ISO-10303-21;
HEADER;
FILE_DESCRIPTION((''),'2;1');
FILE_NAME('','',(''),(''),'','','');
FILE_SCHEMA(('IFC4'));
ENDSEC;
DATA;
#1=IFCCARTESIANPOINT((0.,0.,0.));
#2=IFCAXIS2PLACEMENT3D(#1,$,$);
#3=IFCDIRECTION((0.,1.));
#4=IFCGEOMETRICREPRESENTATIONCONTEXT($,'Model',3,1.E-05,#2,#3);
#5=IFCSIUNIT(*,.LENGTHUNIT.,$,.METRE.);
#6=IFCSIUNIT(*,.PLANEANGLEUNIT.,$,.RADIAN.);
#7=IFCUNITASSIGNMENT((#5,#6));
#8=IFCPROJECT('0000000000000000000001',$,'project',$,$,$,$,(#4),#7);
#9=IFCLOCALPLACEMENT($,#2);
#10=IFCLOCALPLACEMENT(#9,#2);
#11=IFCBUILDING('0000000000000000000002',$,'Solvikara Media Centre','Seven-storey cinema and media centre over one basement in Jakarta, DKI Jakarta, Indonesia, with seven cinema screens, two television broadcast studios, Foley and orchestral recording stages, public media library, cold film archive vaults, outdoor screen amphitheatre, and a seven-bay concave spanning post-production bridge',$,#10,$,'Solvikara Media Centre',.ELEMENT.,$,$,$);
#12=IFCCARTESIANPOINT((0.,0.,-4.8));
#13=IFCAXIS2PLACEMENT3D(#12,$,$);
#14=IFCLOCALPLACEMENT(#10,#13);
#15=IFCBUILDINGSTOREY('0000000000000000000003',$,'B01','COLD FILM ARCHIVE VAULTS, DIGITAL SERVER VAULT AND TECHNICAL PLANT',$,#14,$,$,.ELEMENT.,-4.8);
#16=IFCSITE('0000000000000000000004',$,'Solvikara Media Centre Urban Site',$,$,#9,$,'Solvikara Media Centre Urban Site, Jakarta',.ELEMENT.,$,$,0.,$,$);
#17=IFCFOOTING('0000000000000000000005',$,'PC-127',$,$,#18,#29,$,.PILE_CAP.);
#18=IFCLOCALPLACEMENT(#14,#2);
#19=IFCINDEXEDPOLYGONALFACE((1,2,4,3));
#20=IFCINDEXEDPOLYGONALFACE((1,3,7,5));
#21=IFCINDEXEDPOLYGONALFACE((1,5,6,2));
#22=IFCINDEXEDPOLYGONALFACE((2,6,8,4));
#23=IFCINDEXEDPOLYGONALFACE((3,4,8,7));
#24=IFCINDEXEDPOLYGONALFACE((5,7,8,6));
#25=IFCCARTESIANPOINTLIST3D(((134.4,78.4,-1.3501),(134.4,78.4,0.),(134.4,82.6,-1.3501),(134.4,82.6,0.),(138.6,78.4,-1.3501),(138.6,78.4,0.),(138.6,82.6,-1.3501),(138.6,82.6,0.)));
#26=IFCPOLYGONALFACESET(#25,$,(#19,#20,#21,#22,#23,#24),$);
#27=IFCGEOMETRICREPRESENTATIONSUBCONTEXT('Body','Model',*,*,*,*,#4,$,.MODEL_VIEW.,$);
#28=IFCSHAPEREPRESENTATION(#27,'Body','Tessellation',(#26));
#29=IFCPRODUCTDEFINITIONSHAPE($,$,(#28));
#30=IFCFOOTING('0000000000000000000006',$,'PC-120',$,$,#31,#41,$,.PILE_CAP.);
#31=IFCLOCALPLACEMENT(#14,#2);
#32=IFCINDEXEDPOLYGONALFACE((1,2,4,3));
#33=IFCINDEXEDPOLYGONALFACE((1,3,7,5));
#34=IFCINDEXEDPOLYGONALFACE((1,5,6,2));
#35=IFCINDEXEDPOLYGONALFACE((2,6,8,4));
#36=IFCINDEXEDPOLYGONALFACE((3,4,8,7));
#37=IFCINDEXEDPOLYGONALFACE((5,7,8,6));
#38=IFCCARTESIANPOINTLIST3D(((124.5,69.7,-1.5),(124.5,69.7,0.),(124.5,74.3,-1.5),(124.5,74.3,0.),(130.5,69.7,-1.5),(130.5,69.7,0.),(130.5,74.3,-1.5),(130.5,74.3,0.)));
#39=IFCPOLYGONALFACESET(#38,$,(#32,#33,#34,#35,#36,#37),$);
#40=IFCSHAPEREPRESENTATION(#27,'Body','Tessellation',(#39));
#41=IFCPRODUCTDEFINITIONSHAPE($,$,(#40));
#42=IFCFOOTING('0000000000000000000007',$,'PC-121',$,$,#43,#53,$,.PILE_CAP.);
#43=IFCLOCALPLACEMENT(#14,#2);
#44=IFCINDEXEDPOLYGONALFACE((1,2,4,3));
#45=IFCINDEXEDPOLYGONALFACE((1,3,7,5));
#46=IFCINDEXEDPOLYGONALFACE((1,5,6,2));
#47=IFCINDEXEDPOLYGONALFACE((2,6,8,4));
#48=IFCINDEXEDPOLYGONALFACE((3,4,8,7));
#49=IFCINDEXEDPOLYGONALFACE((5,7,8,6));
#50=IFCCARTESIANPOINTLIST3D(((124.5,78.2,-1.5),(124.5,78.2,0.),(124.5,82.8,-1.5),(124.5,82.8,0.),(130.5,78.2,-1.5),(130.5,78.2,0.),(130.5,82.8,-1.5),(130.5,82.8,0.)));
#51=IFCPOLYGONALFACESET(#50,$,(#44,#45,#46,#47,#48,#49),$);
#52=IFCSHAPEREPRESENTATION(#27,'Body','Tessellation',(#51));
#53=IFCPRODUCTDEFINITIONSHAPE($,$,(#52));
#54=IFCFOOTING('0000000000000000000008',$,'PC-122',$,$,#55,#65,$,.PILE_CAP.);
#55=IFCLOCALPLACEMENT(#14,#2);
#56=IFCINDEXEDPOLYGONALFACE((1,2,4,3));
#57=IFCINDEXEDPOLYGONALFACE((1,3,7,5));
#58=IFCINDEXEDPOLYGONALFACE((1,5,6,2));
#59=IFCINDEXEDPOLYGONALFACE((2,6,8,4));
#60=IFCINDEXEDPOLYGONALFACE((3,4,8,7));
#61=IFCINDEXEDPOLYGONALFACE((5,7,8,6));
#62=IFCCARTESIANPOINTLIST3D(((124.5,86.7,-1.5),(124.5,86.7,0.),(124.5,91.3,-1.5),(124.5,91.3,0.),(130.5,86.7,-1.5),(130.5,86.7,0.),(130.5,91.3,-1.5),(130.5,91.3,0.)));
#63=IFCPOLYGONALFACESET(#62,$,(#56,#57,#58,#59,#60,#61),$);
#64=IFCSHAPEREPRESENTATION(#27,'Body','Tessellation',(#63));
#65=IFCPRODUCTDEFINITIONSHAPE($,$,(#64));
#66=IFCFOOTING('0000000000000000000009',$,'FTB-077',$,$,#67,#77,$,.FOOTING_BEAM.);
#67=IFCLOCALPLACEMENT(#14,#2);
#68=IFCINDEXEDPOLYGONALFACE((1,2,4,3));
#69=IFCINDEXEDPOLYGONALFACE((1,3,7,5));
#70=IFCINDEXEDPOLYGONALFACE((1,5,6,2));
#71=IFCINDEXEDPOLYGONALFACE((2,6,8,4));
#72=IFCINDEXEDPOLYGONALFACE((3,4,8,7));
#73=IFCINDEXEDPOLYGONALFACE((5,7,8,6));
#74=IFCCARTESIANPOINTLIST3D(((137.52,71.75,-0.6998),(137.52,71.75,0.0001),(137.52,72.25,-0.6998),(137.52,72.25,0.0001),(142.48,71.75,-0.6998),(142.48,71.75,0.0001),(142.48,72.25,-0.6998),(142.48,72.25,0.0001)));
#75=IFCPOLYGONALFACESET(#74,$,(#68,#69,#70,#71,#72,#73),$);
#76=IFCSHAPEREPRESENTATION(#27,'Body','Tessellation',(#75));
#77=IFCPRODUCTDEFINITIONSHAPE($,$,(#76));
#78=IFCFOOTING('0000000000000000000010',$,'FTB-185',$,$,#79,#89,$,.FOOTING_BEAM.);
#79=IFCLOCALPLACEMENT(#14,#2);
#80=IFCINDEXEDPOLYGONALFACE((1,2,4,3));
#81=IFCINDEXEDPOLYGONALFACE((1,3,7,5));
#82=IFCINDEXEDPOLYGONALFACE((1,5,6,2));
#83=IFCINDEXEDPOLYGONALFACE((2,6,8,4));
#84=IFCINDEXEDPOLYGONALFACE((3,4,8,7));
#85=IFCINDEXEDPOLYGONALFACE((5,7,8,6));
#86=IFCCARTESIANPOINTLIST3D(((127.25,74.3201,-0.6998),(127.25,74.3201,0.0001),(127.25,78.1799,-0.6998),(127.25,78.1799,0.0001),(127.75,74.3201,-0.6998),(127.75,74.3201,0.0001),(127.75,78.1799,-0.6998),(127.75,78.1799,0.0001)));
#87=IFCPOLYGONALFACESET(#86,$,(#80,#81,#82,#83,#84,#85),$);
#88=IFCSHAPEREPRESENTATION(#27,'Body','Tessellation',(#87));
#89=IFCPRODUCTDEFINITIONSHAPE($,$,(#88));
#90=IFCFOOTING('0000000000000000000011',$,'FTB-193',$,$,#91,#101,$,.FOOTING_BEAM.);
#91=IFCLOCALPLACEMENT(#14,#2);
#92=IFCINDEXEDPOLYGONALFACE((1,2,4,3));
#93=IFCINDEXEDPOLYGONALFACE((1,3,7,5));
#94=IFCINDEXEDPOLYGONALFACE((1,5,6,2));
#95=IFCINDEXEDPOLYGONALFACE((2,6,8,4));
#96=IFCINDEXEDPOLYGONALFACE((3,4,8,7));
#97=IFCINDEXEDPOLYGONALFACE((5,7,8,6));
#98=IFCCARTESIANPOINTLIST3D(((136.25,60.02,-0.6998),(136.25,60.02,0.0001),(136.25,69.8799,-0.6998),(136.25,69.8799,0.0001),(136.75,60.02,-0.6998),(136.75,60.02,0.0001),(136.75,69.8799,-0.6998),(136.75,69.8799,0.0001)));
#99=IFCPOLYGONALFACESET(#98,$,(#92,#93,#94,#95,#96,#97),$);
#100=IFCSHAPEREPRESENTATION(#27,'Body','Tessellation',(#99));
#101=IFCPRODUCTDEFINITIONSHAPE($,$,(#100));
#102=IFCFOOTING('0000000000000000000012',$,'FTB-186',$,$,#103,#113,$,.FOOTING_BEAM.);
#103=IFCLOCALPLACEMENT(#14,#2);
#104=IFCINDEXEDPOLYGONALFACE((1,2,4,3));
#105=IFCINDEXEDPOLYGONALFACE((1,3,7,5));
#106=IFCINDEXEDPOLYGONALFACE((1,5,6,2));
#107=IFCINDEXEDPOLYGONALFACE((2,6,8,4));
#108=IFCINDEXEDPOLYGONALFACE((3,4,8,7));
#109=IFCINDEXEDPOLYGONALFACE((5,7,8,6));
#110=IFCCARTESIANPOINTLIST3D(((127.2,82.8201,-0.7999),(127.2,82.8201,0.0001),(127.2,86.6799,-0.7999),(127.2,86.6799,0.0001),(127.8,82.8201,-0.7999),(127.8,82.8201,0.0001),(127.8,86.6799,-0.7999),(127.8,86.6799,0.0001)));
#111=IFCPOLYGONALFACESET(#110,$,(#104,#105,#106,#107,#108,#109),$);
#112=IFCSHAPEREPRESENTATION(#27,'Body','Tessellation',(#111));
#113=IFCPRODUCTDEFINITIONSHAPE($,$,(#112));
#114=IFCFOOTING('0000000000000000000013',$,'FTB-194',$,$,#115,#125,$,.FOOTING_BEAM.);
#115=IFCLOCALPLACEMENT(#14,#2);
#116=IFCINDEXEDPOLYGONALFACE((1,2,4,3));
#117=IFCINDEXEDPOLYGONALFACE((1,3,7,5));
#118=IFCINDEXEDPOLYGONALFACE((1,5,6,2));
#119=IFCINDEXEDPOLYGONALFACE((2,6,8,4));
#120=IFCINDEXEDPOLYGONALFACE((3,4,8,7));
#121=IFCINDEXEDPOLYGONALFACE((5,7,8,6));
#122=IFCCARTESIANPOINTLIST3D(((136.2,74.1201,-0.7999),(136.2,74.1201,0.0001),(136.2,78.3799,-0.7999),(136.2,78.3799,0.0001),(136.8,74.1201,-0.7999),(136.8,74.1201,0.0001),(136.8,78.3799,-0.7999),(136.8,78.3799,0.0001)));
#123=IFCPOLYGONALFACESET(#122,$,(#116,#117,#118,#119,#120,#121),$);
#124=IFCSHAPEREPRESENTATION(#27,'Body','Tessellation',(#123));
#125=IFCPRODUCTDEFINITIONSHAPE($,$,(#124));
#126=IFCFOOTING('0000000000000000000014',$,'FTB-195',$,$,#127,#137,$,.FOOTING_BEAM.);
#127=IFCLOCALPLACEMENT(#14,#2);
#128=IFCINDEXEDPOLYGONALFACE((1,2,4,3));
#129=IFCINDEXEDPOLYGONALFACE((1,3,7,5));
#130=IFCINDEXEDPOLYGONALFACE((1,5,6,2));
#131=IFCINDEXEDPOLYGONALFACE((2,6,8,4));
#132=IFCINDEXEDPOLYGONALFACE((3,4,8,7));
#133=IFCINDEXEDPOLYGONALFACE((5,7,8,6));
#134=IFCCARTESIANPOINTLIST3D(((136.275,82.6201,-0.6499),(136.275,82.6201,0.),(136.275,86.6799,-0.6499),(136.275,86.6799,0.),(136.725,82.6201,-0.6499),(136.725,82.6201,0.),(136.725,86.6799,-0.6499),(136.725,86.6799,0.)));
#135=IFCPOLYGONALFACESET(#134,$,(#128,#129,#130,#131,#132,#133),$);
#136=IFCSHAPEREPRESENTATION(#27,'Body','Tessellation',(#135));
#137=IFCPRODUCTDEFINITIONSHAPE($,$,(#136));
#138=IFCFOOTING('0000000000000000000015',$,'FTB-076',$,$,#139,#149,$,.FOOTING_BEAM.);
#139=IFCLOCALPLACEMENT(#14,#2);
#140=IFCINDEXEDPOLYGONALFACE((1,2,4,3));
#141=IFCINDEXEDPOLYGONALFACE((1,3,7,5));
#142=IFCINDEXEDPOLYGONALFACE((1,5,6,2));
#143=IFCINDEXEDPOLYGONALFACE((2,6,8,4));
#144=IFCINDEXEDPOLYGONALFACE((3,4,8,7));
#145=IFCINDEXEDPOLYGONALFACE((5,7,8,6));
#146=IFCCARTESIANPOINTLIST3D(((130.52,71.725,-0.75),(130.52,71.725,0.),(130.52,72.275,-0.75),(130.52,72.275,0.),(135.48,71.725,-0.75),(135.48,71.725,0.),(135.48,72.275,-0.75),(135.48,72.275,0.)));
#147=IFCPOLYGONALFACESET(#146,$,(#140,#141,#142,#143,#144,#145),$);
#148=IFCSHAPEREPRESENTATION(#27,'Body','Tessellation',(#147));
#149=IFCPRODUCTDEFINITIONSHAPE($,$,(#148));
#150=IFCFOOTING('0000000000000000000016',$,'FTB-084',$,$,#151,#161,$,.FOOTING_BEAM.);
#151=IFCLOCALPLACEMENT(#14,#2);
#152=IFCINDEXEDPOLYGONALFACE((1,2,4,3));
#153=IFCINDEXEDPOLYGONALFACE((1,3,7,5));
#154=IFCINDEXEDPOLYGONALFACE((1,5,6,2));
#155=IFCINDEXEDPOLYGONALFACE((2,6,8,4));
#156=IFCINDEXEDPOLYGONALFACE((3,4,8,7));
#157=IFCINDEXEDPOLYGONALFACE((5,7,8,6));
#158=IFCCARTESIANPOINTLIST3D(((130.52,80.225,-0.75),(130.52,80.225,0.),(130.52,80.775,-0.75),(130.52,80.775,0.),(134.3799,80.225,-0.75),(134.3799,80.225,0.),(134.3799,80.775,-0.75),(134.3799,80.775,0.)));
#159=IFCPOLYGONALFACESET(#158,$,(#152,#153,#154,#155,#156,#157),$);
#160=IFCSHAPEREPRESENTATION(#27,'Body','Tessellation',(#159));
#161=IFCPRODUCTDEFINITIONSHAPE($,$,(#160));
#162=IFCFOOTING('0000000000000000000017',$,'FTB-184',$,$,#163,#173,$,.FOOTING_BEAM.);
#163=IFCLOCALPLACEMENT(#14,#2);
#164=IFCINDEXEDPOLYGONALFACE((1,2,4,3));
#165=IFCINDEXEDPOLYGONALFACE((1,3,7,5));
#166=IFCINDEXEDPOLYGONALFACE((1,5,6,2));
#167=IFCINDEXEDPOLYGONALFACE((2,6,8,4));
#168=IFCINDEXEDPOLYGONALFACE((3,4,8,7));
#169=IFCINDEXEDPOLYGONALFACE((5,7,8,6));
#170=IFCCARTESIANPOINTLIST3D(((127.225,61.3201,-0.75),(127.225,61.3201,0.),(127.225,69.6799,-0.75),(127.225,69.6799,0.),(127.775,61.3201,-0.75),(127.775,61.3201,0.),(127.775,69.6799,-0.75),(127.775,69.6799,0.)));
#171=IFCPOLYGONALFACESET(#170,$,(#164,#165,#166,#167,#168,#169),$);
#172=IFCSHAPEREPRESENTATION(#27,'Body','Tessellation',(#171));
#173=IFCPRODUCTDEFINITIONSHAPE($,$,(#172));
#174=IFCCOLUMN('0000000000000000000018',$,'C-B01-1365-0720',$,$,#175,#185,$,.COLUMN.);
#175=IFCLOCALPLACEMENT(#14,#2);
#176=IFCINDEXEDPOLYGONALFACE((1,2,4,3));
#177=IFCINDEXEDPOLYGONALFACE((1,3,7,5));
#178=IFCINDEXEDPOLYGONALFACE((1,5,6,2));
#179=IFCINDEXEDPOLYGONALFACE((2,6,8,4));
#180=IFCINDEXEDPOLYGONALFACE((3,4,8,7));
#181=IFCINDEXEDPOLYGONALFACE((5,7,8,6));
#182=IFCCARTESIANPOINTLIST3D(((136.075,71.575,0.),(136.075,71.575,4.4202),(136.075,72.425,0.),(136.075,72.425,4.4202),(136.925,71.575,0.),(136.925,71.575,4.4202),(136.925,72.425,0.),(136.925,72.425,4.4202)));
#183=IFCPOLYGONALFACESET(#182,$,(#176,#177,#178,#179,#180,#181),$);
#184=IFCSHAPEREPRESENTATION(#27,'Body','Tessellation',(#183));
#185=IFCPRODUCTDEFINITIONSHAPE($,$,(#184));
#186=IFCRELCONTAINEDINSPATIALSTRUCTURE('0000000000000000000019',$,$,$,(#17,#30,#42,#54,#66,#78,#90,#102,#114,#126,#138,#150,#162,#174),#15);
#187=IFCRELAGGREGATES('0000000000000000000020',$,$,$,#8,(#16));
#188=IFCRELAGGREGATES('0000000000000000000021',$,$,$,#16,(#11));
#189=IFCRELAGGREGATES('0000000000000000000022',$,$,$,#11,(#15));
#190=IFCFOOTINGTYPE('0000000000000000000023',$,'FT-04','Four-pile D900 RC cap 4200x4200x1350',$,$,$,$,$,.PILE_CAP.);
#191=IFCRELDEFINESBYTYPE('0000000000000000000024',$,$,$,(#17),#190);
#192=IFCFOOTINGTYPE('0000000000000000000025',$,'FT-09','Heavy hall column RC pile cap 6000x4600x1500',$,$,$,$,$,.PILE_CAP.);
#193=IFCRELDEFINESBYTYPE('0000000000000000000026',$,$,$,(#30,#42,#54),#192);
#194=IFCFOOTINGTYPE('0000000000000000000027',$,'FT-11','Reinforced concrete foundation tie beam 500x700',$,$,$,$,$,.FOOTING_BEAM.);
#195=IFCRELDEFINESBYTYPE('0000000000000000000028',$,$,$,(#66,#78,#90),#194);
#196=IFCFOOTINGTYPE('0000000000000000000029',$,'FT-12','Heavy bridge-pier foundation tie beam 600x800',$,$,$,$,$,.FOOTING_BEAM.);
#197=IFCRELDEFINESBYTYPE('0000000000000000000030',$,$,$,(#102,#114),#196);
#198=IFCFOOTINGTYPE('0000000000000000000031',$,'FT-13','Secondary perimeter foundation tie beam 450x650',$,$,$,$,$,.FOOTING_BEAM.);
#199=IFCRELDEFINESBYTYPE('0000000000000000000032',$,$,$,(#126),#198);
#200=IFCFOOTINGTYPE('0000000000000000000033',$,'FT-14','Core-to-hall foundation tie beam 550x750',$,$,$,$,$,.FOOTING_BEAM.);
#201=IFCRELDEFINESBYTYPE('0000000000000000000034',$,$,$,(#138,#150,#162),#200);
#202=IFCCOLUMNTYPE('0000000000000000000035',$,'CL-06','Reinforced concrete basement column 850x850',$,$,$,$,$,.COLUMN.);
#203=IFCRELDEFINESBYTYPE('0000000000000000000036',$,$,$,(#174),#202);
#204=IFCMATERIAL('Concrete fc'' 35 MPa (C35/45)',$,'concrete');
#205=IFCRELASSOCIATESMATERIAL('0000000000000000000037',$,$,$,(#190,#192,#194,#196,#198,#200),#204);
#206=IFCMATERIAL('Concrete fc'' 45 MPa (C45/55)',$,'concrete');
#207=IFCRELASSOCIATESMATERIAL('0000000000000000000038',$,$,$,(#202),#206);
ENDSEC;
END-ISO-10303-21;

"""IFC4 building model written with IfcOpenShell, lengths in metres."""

from ifc_helpers import new_model, si_unit, direction, frame, origin, origin_2d, place, context, subcontext, project, spatial, rectangle, extrude, material, material_profile, profile_set, type_object, element, save


model = new_model("IFC4")

# Units and contexts
model_context = context("Model", 3, precision=1e-05, world=origin(), true_north=direction((0.0, 1.0)))
body_context = subcontext(model_context, "Body", "Model", "MODEL_VIEW")
ifc_project = project(units=[si_unit("LENGTHUNIT", "METRE"), si_unit("PLANEANGLEUNIT", "RADIAN")], contexts=[model_context])

# Site, building, storey
site_placement = place(None, origin())
site = spatial("IfcSite", under=ifc_project, at=site_placement, Name="Solvikara Media Centre Urban Site", LongName="Solvikara Media Centre Urban Site, Jakarta", CompositionType="ELEMENT", RefElevation=0.0)
building_placement = place(site_placement, origin())
building = spatial("IfcBuilding", under=site, at=building_placement, Name="Solvikara Media Centre", Description="Seven-storey cinema and media centre over one basement in Jakarta, DKI Jakarta, Indonesia, with seven cinema screens, two television broadcast studios, Foley and orchestral recording stages, public media library, cold film archive vaults, outdoor screen amphitheatre, and a seven-bay concave spanning post-production bridge", LongName="Solvikara Media Centre", CompositionType="ELEMENT")
storey_placement = place(building_placement, frame((0.0, 0.0, -4.8)))
storey = spatial("IfcBuildingStorey", under=building, at=storey_placement, Name="B01", Description="COLD FILM ARCHIVE VAULTS, DIGITAL SERVER VAULT AND TECHNICAL PLANT", CompositionType="ELEMENT", Elevation=-4.8)

# Shared definitions
ifc_material_1 = material(Name="Concrete fc' 35 MPa (C35/45)", Category="concrete")

# Footings
footing_type_1 = type_object("IfcFootingType", Name="FT-04", Description="Four-pile D900 RC cap 4200x4200x1350", PredefinedType="PILE_CAP", material=ifc_material_1)
footing_1_placement = place(storey_placement, frame((136.5, 80.5, -1.3501), z_axis=(0.0, 0.0, 1.0), x_axis=(1.0, 0.0, 0.0)))
element("IfcFooting", 1, at=footing_1_placement, inside=storey, type_object=footing_type_1, Name="PC-127", PredefinedType="PILE_CAP", context=body_context, shape_type="SweptSolid", body=[
    extrude(rectangle(XDim=4.2, YDim=4.2, at=origin_2d()), origin(), (0.0, 0.0, 1.0), 1.3501),
])
footing_type_2 = type_object("IfcFootingType", Name="FT-09", Description="Heavy hall column RC pile cap 6000x4600x1500", PredefinedType="PILE_CAP", material=ifc_material_1)
for number, where, z_axis, x_axis, name in (
    (2, (127.5, 72.0, -1.5), (0.0, 0.0, 1.0), (1.0, 0.0, 0.0), "PC-120"),
    (3, (127.5, 80.5, -1.5), (0.0, 0.0, 1.0), (1.0, 0.0, 0.0), "PC-121"),
    (4, (127.5, 89.0, -1.5), (0.0, 0.0, 1.0), (1.0, 0.0, 0.0), "PC-122"),
):
    element("IfcFooting", number, at=place(storey_placement, frame(where, z_axis=z_axis, x_axis=x_axis)), inside=storey, type_object=footing_type_2, Name=name, PredefinedType="PILE_CAP", context=body_context, shape_type="SweptSolid", body=[
        extrude(rectangle(XDim=6.0, YDim=4.6001, at=origin_2d()), origin(), (0.0, 0.0, 1.0), 1.5),
    ])
ifc_material_profile_1 = material_profile(ifc_material_1, rectangle(XDim=0.5, YDim=0.7, at=origin_2d()), Name="RC 500x700")
ifc_profile_set_1 = profile_set([ifc_material_profile_1], Name="Concrete fc' 35 MPa (C35/45)")
footing_type_3 = type_object("IfcFootingType", Name="FT-11", Description="Reinforced concrete foundation tie beam 500x700", PredefinedType="FOOTING_BEAM", material=ifc_profile_set_1)
footing_2_placement = place(storey_placement, frame((137.52, 72.0, -0.3499), z_axis=(1.0, 0.0, 0.0), x_axis=(0.0, 1.0, 0.0)))
element("IfcFooting", 5, at=footing_2_placement, inside=storey, type_object=footing_type_3, Name="FTB-077", PredefinedType="FOOTING_BEAM", context=body_context, shape_type="SweptSolid", body=[
    extrude(rectangle(XDim=0.5, YDim=0.7, at=origin_2d()), origin(), (0.0, 0.0, 1.0), 4.96),
])
footing_3_placement = place(storey_placement, frame((127.5, 74.3201, -0.3499), z_axis=(0.0, 1.0, 0.0), x_axis=(-1.0, 0.0, 0.0)))
element("IfcFooting", 6, at=footing_3_placement, inside=storey, type_object=footing_type_3, Name="FTB-185", PredefinedType="FOOTING_BEAM", context=body_context, shape_type="SweptSolid", body=[
    extrude(rectangle(XDim=0.5, YDim=0.7, at=origin_2d()), origin(), (0.0, 0.0, 1.0), 3.8599),
])
footing_4_placement = place(storey_placement, frame((136.5, 60.02, -0.3499), z_axis=(0.0, 1.0, 0.0), x_axis=(-1.0, 0.0, 0.0)))
element("IfcFooting", 7, at=footing_4_placement, inside=storey, type_object=footing_type_3, Name="FTB-193", PredefinedType="FOOTING_BEAM", context=body_context, shape_type="SweptSolid", body=[
    extrude(rectangle(XDim=0.5, YDim=0.7, at=origin_2d()), origin(), (0.0, 0.0, 1.0), 9.8599),
])
ifc_material_profile_2 = material_profile(ifc_material_1, rectangle(XDim=0.6001, YDim=0.8, at=origin_2d()), Name="RC 600x800")
ifc_profile_set_2 = profile_set([ifc_material_profile_2], Name="Concrete fc' 35 MPa (C35/45)")
footing_type_4 = type_object("IfcFootingType", Name="FT-12", Description="Heavy bridge-pier foundation tie beam 600x800", PredefinedType="FOOTING_BEAM", material=ifc_profile_set_2)
footing_5_placement = place(storey_placement, frame((127.5, 82.8201, -0.3999), z_axis=(0.0, 1.0, 0.0), x_axis=(-1.0, 0.0, 0.0)))
element("IfcFooting", 8, at=footing_5_placement, inside=storey, type_object=footing_type_4, Name="FTB-186", PredefinedType="FOOTING_BEAM", context=body_context, shape_type="SweptSolid", body=[
    extrude(rectangle(XDim=0.6001, YDim=0.8, at=origin_2d()), origin(), (0.0, 0.0, 1.0), 3.8599),
])
footing_6_placement = place(storey_placement, frame((136.5, 74.1201, -0.3999), z_axis=(0.0, 1.0, 0.0), x_axis=(-1.0, 0.0, 0.0)))
element("IfcFooting", 9, at=footing_6_placement, inside=storey, type_object=footing_type_4, Name="FTB-194", PredefinedType="FOOTING_BEAM", context=body_context, shape_type="SweptSolid", body=[
    extrude(rectangle(XDim=0.6001, YDim=0.8, at=origin_2d()), origin(), (0.0, 0.0, 1.0), 4.2598),
])
ifc_material_profile_3 = material_profile(ifc_material_1, rectangle(XDim=0.45, YDim=0.6499, at=origin_2d()), Name="RC 450x650")
ifc_profile_set_3 = profile_set([ifc_material_profile_3], Name="Concrete fc' 35 MPa (C35/45)")
footing_type_5 = type_object("IfcFootingType", Name="FT-13", Description="Secondary perimeter foundation tie beam 450x650", PredefinedType="FOOTING_BEAM", material=ifc_profile_set_3)
footing_7_placement = place(storey_placement, frame((136.5, 82.6201, -0.325), z_axis=(0.0, 1.0, 0.0), x_axis=(-1.0, 0.0, 0.0)))
element("IfcFooting", 10, at=footing_7_placement, inside=storey, type_object=footing_type_5, Name="FTB-195", PredefinedType="FOOTING_BEAM", context=body_context, shape_type="SweptSolid", body=[
    extrude(rectangle(XDim=0.45, YDim=0.6499, at=origin_2d()), origin(), (0.0, 0.0, 1.0), 4.0598),
])
ifc_material_profile_4 = material_profile(ifc_material_1, rectangle(XDim=0.55, YDim=0.75, at=origin_2d()), Name="RC 550x750")
ifc_profile_set_4 = profile_set([ifc_material_profile_4], Name="Concrete fc' 35 MPa (C35/45)")
footing_type_6 = type_object("IfcFootingType", Name="FT-14", Description="Core-to-hall foundation tie beam 550x750", PredefinedType="FOOTING_BEAM", material=ifc_profile_set_4)
footing_8_placement = place(storey_placement, frame((130.52, 72.0, -0.375), z_axis=(1.0, 0.0, 0.0), x_axis=(0.0, 1.0, 0.0)))
element("IfcFooting", 11, at=footing_8_placement, inside=storey, type_object=footing_type_6, Name="FTB-076", PredefinedType="FOOTING_BEAM", context=body_context, shape_type="SweptSolid", body=[
    extrude(rectangle(XDim=0.55, YDim=0.75, at=origin_2d()), origin(), (0.0, 0.0, 1.0), 4.96),
])
footing_9_placement = place(storey_placement, frame((130.52, 80.5, -0.375), z_axis=(1.0, 0.0, 0.0), x_axis=(0.0, 1.0, 0.0)))
element("IfcFooting", 12, at=footing_9_placement, inside=storey, type_object=footing_type_6, Name="FTB-084", PredefinedType="FOOTING_BEAM", context=body_context, shape_type="SweptSolid", body=[
    extrude(rectangle(XDim=0.55, YDim=0.75, at=origin_2d()), origin(), (0.0, 0.0, 1.0), 3.8599),
])
footing_10_placement = place(storey_placement, frame((127.5, 61.3201, -0.375), z_axis=(0.0, 1.0, 0.0), x_axis=(-1.0, 0.0, 0.0)))
element("IfcFooting", 13, at=footing_10_placement, inside=storey, type_object=footing_type_6, Name="FTB-184", PredefinedType="FOOTING_BEAM", context=body_context, shape_type="SweptSolid", body=[
    extrude(rectangle(XDim=0.55, YDim=0.75, at=origin_2d()), origin(), (0.0, 0.0, 1.0), 8.3599),
])

# Column
ifc_material_2 = material(Name="Concrete fc' 45 MPa (C45/55)", Category="concrete")
ifc_material_profile_5 = material_profile(ifc_material_2, rectangle(XDim=0.8501, YDim=0.8501, at=origin_2d()), Name="RC 850x850")
ifc_profile_set_5 = profile_set([ifc_material_profile_5], Name="Concrete fc' 45 MPa (C45/55)")
column_type_1 = type_object("IfcColumnType", Name="CL-06", Description="Reinforced concrete basement column 850x850", PredefinedType="COLUMN", material=ifc_profile_set_5)
for number, where, z_axis, x_axis, name in (
    (14, (136.5, 72.0, 0.0), (0.0, 0.0, 1.0), (1.0, 0.0, 0.0), "C-B01-1365-0720"),
):
    element("IfcColumn", number, at=place(storey_placement, frame(where, z_axis=z_axis, x_axis=x_axis)), inside=storey, type_object=column_type_1, Name=name, PredefinedType="COLUMN", context=body_context, shape_type="SweptSolid", body=[
        extrude(rectangle(XDim=0.8501, YDim=0.8501, at=origin_2d()), origin(), (0.0, 0.0, 1.0), 4.4202),
    ])

save(model, "model.ifc")
